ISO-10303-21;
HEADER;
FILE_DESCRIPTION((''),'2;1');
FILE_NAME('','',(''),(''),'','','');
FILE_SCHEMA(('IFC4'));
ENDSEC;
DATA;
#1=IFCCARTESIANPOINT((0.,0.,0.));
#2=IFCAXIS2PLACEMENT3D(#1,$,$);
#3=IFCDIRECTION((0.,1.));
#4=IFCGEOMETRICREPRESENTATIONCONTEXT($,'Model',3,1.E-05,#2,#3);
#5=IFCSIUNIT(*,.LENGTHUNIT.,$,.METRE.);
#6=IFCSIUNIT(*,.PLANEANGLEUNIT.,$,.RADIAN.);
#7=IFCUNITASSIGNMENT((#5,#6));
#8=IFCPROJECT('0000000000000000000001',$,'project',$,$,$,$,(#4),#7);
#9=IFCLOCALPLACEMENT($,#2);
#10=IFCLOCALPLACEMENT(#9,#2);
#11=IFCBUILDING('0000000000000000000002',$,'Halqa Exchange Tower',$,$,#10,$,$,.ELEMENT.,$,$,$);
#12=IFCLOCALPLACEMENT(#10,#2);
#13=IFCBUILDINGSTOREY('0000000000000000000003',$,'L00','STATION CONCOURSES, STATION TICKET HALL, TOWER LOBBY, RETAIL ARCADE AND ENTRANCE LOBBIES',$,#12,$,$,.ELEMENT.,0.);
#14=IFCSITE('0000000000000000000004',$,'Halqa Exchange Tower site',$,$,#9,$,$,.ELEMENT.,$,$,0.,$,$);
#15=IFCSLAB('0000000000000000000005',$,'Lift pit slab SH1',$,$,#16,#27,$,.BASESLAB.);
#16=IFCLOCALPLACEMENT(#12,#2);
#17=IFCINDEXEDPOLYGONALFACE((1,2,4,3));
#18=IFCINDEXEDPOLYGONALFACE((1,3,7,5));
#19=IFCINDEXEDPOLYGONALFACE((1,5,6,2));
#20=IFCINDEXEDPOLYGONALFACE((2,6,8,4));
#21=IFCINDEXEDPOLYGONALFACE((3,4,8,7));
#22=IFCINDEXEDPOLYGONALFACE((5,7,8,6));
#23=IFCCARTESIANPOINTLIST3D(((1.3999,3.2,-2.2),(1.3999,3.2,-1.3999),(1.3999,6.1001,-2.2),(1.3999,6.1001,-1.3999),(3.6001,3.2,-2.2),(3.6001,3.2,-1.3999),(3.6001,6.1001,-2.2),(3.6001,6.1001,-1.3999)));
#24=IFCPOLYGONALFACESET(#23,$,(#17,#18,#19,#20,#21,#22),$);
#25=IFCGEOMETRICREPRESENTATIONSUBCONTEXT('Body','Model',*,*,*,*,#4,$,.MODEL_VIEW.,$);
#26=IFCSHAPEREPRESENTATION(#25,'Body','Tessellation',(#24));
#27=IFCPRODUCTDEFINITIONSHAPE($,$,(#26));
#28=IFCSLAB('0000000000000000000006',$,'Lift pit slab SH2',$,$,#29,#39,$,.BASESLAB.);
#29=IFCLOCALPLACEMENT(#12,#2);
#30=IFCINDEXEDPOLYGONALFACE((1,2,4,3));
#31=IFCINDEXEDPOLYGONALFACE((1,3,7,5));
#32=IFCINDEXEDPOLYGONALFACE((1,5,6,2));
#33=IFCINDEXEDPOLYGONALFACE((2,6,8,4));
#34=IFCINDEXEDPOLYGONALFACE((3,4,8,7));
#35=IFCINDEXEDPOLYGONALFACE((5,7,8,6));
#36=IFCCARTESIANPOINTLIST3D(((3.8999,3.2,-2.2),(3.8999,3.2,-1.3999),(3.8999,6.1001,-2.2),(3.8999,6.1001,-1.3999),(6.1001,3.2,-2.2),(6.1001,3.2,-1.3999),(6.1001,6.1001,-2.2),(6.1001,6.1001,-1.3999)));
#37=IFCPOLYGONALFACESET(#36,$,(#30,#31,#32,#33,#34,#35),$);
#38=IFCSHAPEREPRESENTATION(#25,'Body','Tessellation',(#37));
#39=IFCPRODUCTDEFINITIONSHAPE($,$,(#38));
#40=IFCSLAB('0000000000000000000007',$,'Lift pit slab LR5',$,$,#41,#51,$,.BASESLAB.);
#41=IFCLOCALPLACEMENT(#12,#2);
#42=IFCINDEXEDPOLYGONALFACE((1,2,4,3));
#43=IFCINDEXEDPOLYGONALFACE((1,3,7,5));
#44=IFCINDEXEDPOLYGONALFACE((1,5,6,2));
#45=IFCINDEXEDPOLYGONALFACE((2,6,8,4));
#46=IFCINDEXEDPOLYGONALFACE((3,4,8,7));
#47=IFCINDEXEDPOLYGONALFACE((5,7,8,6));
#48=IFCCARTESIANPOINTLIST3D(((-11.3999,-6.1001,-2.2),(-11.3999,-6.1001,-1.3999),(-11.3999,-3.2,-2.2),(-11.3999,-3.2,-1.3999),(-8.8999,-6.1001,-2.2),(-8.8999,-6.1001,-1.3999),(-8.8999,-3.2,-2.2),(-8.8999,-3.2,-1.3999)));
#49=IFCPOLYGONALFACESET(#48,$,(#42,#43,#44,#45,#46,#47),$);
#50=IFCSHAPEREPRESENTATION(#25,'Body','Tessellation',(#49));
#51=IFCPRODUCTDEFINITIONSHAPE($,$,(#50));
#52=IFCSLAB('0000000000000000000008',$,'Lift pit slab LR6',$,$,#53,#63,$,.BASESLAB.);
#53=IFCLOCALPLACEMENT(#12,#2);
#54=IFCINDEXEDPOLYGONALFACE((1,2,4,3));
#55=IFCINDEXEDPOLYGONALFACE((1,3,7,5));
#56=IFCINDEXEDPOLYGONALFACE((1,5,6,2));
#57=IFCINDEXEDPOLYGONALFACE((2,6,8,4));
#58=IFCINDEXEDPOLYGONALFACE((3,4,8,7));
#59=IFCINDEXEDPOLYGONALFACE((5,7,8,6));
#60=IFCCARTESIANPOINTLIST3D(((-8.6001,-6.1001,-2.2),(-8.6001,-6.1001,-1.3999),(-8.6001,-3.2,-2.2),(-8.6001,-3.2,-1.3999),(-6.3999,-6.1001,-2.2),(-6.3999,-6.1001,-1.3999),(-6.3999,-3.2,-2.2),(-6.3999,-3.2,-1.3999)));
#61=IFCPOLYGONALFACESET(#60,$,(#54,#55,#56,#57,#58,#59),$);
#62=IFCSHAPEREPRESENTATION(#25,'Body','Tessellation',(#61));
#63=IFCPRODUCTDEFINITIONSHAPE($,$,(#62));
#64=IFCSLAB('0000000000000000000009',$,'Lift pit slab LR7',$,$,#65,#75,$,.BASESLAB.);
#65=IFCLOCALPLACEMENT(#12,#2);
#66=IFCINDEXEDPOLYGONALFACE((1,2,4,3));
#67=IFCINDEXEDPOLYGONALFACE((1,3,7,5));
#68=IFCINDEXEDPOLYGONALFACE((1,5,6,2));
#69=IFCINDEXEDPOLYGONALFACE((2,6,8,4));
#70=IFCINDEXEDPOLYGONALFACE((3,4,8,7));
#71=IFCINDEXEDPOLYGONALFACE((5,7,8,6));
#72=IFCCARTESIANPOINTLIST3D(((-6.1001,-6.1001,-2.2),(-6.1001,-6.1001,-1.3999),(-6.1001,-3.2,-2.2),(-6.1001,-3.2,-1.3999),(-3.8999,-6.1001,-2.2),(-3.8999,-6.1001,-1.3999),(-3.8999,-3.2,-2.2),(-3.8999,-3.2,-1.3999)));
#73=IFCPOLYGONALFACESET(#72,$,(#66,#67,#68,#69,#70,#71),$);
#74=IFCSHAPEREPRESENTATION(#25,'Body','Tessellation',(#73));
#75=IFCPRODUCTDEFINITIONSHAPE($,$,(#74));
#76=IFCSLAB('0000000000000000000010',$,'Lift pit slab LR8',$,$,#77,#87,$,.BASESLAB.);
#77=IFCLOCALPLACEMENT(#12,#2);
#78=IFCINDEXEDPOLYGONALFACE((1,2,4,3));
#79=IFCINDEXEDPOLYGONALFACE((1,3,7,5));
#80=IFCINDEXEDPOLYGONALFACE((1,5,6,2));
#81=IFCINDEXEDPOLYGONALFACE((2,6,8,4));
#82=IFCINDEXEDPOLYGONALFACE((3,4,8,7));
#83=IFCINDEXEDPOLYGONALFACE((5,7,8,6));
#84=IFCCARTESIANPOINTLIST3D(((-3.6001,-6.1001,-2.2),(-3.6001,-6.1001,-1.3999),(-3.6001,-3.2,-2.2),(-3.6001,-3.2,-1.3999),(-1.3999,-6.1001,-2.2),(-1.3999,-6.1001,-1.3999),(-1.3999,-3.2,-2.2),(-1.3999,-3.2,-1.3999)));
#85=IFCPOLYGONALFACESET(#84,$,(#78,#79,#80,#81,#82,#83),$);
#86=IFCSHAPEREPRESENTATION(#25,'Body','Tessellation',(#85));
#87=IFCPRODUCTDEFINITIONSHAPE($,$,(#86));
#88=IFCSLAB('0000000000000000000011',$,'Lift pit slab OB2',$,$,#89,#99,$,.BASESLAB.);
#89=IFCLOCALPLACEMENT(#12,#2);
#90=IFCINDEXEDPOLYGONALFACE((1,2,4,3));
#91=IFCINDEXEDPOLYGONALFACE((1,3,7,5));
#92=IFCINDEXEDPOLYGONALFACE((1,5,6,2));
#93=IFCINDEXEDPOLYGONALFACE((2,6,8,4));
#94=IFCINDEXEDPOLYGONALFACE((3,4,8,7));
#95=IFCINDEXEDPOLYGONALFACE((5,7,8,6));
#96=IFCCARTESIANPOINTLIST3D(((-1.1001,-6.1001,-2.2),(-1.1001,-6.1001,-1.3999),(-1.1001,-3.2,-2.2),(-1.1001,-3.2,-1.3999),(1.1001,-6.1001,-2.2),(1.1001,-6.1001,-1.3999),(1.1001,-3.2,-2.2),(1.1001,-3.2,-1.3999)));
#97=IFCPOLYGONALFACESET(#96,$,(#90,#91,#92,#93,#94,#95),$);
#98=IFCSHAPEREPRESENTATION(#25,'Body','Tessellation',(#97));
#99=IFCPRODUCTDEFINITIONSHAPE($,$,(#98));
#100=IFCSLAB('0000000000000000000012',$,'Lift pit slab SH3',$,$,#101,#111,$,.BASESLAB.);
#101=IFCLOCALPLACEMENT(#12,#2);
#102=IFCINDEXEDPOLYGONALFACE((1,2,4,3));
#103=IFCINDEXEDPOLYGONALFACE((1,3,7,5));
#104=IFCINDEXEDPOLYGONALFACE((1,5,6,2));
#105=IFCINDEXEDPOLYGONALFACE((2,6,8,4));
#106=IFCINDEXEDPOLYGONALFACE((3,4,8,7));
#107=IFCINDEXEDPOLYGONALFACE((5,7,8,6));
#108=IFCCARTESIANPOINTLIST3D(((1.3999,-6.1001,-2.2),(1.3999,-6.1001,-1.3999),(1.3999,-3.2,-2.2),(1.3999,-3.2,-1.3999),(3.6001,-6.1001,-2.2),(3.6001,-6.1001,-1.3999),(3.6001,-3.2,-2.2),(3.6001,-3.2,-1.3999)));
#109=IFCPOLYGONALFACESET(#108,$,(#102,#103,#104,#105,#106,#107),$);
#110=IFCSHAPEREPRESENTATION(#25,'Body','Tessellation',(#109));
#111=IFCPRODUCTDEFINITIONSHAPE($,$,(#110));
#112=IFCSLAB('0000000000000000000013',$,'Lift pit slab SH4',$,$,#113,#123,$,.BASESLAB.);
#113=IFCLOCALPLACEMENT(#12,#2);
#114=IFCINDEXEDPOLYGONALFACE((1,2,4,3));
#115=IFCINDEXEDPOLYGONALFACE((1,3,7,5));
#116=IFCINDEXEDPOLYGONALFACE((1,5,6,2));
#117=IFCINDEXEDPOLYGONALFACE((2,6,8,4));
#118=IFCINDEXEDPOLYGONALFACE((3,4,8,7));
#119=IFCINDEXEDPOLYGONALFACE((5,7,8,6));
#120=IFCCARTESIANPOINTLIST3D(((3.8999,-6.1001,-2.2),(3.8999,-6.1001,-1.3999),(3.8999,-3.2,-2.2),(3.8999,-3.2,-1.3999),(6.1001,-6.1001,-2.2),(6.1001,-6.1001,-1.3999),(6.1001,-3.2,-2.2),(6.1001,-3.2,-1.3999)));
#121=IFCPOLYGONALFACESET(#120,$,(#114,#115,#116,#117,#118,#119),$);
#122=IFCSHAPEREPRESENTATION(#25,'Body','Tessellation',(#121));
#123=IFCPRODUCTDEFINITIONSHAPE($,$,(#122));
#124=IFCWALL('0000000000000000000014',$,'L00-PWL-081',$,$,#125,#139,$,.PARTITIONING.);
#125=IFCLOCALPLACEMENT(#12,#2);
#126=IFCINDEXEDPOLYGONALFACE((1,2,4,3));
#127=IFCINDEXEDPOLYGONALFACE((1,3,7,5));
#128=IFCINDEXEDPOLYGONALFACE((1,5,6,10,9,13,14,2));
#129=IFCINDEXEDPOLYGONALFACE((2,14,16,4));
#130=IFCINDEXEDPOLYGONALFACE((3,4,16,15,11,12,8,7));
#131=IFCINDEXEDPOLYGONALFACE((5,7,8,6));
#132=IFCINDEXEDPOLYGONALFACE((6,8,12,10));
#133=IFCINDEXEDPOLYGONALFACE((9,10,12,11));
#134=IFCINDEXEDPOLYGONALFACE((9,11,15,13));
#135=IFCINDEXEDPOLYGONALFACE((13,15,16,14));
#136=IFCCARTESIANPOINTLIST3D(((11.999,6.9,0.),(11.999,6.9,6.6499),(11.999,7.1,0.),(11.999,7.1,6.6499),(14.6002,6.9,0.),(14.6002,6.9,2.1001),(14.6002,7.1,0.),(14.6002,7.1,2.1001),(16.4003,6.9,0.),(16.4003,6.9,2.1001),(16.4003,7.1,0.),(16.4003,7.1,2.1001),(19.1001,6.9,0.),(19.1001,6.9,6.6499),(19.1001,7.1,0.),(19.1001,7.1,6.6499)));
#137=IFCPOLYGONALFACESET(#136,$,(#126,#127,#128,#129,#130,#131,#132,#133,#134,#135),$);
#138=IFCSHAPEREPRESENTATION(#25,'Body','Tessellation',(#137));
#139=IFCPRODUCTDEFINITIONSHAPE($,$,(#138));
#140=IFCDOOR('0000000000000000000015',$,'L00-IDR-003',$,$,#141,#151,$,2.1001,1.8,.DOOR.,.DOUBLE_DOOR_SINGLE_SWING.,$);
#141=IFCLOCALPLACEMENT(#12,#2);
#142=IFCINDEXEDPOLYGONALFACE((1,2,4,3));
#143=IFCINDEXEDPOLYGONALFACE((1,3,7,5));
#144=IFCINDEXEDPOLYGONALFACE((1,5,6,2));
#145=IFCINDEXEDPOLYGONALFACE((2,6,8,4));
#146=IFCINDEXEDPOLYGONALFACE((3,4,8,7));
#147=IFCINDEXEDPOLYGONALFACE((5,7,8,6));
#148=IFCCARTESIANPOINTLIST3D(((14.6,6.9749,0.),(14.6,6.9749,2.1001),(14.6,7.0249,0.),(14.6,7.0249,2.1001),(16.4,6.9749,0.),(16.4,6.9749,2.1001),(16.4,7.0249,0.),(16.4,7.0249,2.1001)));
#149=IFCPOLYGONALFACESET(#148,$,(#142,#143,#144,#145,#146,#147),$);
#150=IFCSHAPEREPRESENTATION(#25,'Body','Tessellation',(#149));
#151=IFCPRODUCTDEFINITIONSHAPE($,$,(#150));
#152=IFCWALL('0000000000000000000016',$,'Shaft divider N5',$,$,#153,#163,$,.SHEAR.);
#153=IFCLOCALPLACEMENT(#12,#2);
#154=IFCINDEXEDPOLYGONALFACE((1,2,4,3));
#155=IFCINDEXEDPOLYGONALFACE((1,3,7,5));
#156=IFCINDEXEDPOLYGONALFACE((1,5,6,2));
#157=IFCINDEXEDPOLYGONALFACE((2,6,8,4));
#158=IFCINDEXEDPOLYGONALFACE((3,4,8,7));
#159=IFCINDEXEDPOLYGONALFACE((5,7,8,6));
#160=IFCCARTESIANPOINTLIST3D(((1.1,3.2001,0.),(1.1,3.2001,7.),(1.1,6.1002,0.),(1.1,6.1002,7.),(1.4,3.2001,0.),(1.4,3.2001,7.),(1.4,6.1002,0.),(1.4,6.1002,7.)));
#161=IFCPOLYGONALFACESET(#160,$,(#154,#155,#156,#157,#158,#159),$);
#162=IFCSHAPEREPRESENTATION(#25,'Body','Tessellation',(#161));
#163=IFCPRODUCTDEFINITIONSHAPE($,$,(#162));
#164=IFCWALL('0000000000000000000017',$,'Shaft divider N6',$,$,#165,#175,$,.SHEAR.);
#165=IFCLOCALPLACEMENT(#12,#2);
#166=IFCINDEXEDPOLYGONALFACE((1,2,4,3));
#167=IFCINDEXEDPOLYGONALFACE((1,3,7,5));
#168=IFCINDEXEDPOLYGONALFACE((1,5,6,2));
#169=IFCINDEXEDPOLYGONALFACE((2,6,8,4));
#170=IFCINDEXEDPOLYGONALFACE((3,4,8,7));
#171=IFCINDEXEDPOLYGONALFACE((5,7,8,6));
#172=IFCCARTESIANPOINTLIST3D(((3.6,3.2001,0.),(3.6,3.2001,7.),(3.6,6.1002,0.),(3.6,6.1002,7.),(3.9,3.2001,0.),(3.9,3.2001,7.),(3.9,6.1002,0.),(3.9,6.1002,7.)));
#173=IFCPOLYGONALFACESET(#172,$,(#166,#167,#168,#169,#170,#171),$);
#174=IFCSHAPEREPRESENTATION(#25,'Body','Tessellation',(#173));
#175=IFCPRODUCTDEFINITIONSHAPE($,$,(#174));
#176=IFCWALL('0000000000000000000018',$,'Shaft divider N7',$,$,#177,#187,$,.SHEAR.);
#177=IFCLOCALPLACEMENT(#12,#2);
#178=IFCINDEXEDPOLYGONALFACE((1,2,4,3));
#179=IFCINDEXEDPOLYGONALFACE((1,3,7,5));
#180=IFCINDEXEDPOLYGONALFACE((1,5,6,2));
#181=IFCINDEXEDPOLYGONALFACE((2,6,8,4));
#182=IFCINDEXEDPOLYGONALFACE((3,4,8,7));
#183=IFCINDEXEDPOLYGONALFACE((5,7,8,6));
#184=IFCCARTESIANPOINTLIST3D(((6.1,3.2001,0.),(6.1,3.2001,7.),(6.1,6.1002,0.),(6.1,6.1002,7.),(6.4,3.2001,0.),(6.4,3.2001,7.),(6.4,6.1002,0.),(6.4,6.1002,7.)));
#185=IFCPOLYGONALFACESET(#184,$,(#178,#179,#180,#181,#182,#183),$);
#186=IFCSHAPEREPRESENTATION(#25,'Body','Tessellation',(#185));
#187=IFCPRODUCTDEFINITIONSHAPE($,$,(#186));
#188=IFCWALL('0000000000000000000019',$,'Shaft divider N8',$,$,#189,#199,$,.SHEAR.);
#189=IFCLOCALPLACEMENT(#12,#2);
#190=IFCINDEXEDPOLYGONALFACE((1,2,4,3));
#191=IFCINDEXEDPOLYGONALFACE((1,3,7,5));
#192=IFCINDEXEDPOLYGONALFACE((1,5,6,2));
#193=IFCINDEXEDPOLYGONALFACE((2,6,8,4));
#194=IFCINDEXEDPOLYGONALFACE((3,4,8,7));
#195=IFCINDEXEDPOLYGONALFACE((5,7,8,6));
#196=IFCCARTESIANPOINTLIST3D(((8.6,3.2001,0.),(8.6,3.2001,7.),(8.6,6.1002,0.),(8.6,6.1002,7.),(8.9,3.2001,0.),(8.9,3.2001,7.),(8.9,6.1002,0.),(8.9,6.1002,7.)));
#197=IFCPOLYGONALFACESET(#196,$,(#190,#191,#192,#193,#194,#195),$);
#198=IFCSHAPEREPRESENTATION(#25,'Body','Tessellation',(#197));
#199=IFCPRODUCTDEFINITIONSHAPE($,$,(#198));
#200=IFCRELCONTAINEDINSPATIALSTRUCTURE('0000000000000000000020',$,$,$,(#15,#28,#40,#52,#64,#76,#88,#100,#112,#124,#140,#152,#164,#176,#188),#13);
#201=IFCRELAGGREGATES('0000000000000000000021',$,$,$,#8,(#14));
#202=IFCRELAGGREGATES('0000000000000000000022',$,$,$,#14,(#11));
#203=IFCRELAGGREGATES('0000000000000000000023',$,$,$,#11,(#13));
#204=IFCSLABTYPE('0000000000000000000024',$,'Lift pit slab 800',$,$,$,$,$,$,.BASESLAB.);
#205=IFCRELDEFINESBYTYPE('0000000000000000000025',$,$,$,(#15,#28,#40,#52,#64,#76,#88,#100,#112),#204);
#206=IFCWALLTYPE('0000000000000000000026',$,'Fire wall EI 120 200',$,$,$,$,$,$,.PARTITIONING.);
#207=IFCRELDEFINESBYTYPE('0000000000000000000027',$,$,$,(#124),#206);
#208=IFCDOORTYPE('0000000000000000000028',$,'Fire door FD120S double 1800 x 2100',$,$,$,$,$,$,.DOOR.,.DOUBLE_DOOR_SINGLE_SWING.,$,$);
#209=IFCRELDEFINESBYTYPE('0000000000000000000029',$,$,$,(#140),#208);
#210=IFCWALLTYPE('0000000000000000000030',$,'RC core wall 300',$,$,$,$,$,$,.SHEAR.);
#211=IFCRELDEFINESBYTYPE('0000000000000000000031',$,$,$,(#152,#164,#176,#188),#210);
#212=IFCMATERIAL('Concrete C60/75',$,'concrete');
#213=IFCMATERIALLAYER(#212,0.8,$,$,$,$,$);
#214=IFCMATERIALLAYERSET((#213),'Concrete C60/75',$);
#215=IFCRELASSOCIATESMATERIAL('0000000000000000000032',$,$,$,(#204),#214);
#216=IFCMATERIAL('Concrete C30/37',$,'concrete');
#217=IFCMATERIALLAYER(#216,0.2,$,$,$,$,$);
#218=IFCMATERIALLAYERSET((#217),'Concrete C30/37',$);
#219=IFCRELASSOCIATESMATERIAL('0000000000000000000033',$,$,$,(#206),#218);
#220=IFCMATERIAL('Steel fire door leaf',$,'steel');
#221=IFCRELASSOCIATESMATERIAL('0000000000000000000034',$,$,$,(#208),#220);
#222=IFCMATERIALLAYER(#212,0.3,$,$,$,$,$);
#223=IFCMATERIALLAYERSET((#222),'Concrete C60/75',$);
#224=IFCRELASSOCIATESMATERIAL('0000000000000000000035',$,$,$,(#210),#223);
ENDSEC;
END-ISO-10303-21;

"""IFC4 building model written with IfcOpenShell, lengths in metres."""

from ifc_helpers import new_model, si_unit, direction, frame, frame_2d, origin, place, context, subcontext, project, spatial, polyline, rectangle, outline, extrude, material, layer, layer_set, type_object, element, fill, save


model = new_model("IFC4")

# Units and contexts
model_context = context("Model", 3, precision=1e-05, world=origin(), true_north=direction((0.0, 1.0)))
body_context = subcontext(model_context, "Body", "Model", "MODEL_VIEW")
ifc_project = project(units=[si_unit("LENGTHUNIT", "METRE"), si_unit("PLANEANGLEUNIT", "RADIAN")], contexts=[model_context])

# Site, building, storey
site_placement = place(None, origin())
site = spatial("IfcSite", under=ifc_project, at=site_placement, Name="Halqa Exchange Tower site", CompositionType="ELEMENT", RefElevation=0.0)
building_placement = place(site_placement, origin())
building = spatial("IfcBuilding", under=site, at=building_placement, Name="Halqa Exchange Tower", CompositionType="ELEMENT")
storey_placement = place(building_placement, origin())
storey = spatial("IfcBuildingStorey", under=building, at=storey_placement, Name="L00", Description="STATION CONCOURSES, STATION TICKET HALL, TOWER LOBBY, RETAIL ARCADE AND ENTRANCE LOBBIES", CompositionType="ELEMENT", Elevation=0.0)

# Slabs
ifc_material_1 = material(Name="Concrete C60/75", Category="concrete")
ifc_layer_1 = layer(ifc_material_1, 0.8)
ifc_layer_set_1 = layer_set([ifc_layer_1], Name="Concrete C60/75")
slab_type = type_object("IfcSlabType", Name="Lift pit slab 800", PredefinedType="BASESLAB", material=ifc_layer_set_1)
slab_1_placement = place(storey_placement, frame((0.0, 0.0, -2.2)))
element("IfcSlab", 1, at=slab_1_placement, inside=storey, type_object=slab_type, Name="Lift pit slab SH1", PredefinedType="BASESLAB", context=body_context, shape_type="SweptSolid", body=[
    extrude(outline(polyline([(1.3999, 3.2), (3.6001, 3.2), (3.6001, 6.1001), (1.3999, 6.1001), (1.3999, 3.2)])), origin(), (0.0, 0.0, 1.0), 0.8),
])
slab_2_placement = place(storey_placement, frame((0.0, 0.0, -2.2)))
element("IfcSlab", 2, at=slab_2_placement, inside=storey, type_object=slab_type, Name="Lift pit slab SH2", PredefinedType="BASESLAB", context=body_context, shape_type="SweptSolid", body=[
    extrude(outline(polyline([(3.8999, 3.2), (6.1001, 3.2), (6.1001, 6.1001), (3.8999, 6.1001), (3.8999, 3.2)])), origin(), (0.0, 0.0, 1.0), 0.8),
])
slab_3_placement = place(storey_placement, frame((0.0, 0.0, -2.2)))
element("IfcSlab", 3, at=slab_3_placement, inside=storey, type_object=slab_type, Name="Lift pit slab LR5", PredefinedType="BASESLAB", context=body_context, shape_type="SweptSolid", body=[
    extrude(outline(polyline([(-11.3999, -6.1001), (-8.8999, -6.1001), (-8.8999, -3.2), (-11.3999, -3.2), (-11.3999, -6.1001)])), origin(), (0.0, 0.0, 1.0), 0.8),
])
slab_4_placement = place(storey_placement, frame((0.0, 0.0, -2.2)))
element("IfcSlab", 4, at=slab_4_placement, inside=storey, type_object=slab_type, Name="Lift pit slab LR6", PredefinedType="BASESLAB", context=body_context, shape_type="SweptSolid", body=[
    extrude(outline(polyline([(-8.6001, -6.1001), (-6.3999, -6.1001), (-6.3999, -3.2), (-8.6001, -3.2), (-8.6001, -6.1001)])), origin(), (0.0, 0.0, 1.0), 0.8),
])
slab_5_placement = place(storey_placement, frame((0.0, 0.0, -2.2)))
element("IfcSlab", 5, at=slab_5_placement, inside=storey, type_object=slab_type, Name="Lift pit slab LR7", PredefinedType="BASESLAB", context=body_context, shape_type="SweptSolid", body=[
    extrude(outline(polyline([(-6.1001, -6.1001), (-3.8999, -6.1001), (-3.8999, -3.2), (-6.1001, -3.2), (-6.1001, -6.1001)])), origin(), (0.0, 0.0, 1.0), 0.8),
])
slab_6_placement = place(storey_placement, frame((0.0, 0.0, -2.2)))
element("IfcSlab", 6, at=slab_6_placement, inside=storey, type_object=slab_type, Name="Lift pit slab LR8", PredefinedType="BASESLAB", context=body_context, shape_type="SweptSolid", body=[
    extrude(outline(polyline([(-3.6001, -6.1001), (-1.3999, -6.1001), (-1.3999, -3.2), (-3.6001, -3.2), (-3.6001, -6.1001)])), origin(), (0.0, 0.0, 1.0), 0.8),
])
slab_7_placement = place(storey_placement, frame((0.0, 0.0, -2.2)))
element("IfcSlab", 7, at=slab_7_placement, inside=storey, type_object=slab_type, Name="Lift pit slab OB2", PredefinedType="BASESLAB", context=body_context, shape_type="SweptSolid", body=[
    extrude(outline(polyline([(-1.1001, -6.1001), (1.1001, -6.1001), (1.1001, -3.2), (-1.1001, -3.2), (-1.1001, -6.1001)])), origin(), (0.0, 0.0, 1.0), 0.8),
])
slab_8_placement = place(storey_placement, frame((0.0, 0.0, -2.2)))
element("IfcSlab", 8, at=slab_8_placement, inside=storey, type_object=slab_type, Name="Lift pit slab SH3", PredefinedType="BASESLAB", context=body_context, shape_type="SweptSolid", body=[
    extrude(outline(polyline([(1.3999, -6.1001), (3.6001, -6.1001), (3.6001, -3.2), (1.3999, -3.2), (1.3999, -6.1001)])), origin(), (0.0, 0.0, 1.0), 0.8),
])
slab_9_placement = place(storey_placement, frame((0.0, 0.0, -2.2)))
element("IfcSlab", 9, at=slab_9_placement, inside=storey, type_object=slab_type, Name="Lift pit slab SH4", PredefinedType="BASESLAB", context=body_context, shape_type="SweptSolid", body=[
    extrude(outline(polyline([(3.8999, -6.1001), (6.1001, -6.1001), (6.1001, -3.2), (3.8999, -3.2), (3.8999, -6.1001)])), origin(), (0.0, 0.0, 1.0), 0.8),
])

# Wall, opening, door
ifc_material_2 = material(Name="Concrete C30/37", Category="concrete")
ifc_layer_2 = layer(ifc_material_2, 0.2)
ifc_layer_set_2 = layer_set([ifc_layer_2], Name="Concrete C30/37")
wall_type_1 = type_object("IfcWallType", Name="Fire wall EI 120 200", PredefinedType="PARTITIONING", material=ifc_layer_set_2)
wall_1_placement = place(storey_placement, frame((19.1001, 7.0, 0.0), z_axis=(0.0, 0.0, 1.0), x_axis=(-1.0, 0.0, 0.0)))
wall_1 = element("IfcWall", 10, at=wall_1_placement, inside=storey, type_object=wall_type_1, Name="L00-PWL-081", PredefinedType="PARTITIONING", context=body_context, shape_type="SweptSolid", body=[
    extrude(rectangle(XDim=7.1011, YDim=0.2, at=frame_2d((3.5505, 0.0))), origin(), (0.0, 0.0, 1.0), 6.6499),
])
opening_1_placement = place(wall_1_placement, frame((2.7, 0.0, 0.0)))
opening_1 = element("IfcOpeningElement", 11, at=opening_1_placement, cuts=wall_1, PredefinedType="OPENING", context=body_context, shape_type="SweptSolid", body=[
    extrude(rectangle(XDim=1.8, YDim=2.1001, at=frame_2d((0.8999, 1.05))), frame((0.0, 0.1121, 0.0), z_axis=(0.0, -1.0, 0.0), x_axis=(1.0, 0.0, 0.0)), (0.0, 0.0, 1.0), 0.2239),
])
ifc_material_3 = material(Name="Steel fire door leaf", Category="steel")
door_type_1 = type_object("IfcDoorType", Name="Fire door FD120S double 1800 x 2100", OperationType="DOUBLE_DOOR_SINGLE_SWING", PredefinedType="DOOR", material=ifc_material_3)
door_1_placement = place(opening_1_placement, frame((1.8, 0.0, 0.0), z_axis=(0.0, 0.0, 1.0), x_axis=(-1.0, 0.0, 0.0)))
door_1 = element("IfcDoor", 12, at=door_1_placement, inside=storey, type_object=door_type_1, Name="L00-IDR-003", OperationType="DOUBLE_DOOR_SINGLE_SWING", OverallHeight=2.1001, OverallWidth=1.8, PredefinedType="DOOR", context=body_context, shape_type="SweptSolid", body=[
    extrude(rectangle(XDim=1.8, YDim=2.1001, at=frame_2d((0.8999, 1.05))), frame((0.0, 0.0249, 0.0), z_axis=(0.0, -1.0, 0.0), x_axis=(1.0, 0.0, 0.0)), (0.0, 0.0, 1.0), 0.05),
])
fill(opening_1, door_1)

# Walls
ifc_layer_3 = layer(ifc_material_1, 0.3)
ifc_layer_set_3 = layer_set([ifc_layer_3], Name="Concrete C60/75")
wall_type_2 = type_object("IfcWallType", Name="RC core wall 300", PredefinedType="SHEAR", material=ifc_layer_set_3)
for number, where, z_axis, x_axis, name in (
    (13, (1.25, 3.2, 0.0), (0.0, 0.0, 1.0), (0.0, 1.0, 0.0), "Shaft divider N5"),
    (14, (3.75, 3.2, 0.0), (0.0, 0.0, 1.0), (0.0, 1.0, 0.0), "Shaft divider N6"),
    (15, (6.25, 3.2, 0.0), (0.0, 0.0, 1.0), (0.0, 1.0, 0.0), "Shaft divider N7"),
    (16, (8.75, 3.2, 0.0), (0.0, 0.0, 1.0), (0.0, 1.0, 0.0), "Shaft divider N8"),
):
    element("IfcWall", number, at=place(storey_placement, frame(where, z_axis=z_axis, x_axis=x_axis)), inside=storey, type_object=wall_type_2, Name=name, PredefinedType="SHEAR", context=body_context, shape_type="SweptSolid", body=[
        extrude(rectangle(XDim=2.9001, YDim=0.3, at=frame_2d((1.4502, 0.0))), origin(), (0.0, 0.0, 1.0), 7.0),
    ])

save(model, "model.ifc")
